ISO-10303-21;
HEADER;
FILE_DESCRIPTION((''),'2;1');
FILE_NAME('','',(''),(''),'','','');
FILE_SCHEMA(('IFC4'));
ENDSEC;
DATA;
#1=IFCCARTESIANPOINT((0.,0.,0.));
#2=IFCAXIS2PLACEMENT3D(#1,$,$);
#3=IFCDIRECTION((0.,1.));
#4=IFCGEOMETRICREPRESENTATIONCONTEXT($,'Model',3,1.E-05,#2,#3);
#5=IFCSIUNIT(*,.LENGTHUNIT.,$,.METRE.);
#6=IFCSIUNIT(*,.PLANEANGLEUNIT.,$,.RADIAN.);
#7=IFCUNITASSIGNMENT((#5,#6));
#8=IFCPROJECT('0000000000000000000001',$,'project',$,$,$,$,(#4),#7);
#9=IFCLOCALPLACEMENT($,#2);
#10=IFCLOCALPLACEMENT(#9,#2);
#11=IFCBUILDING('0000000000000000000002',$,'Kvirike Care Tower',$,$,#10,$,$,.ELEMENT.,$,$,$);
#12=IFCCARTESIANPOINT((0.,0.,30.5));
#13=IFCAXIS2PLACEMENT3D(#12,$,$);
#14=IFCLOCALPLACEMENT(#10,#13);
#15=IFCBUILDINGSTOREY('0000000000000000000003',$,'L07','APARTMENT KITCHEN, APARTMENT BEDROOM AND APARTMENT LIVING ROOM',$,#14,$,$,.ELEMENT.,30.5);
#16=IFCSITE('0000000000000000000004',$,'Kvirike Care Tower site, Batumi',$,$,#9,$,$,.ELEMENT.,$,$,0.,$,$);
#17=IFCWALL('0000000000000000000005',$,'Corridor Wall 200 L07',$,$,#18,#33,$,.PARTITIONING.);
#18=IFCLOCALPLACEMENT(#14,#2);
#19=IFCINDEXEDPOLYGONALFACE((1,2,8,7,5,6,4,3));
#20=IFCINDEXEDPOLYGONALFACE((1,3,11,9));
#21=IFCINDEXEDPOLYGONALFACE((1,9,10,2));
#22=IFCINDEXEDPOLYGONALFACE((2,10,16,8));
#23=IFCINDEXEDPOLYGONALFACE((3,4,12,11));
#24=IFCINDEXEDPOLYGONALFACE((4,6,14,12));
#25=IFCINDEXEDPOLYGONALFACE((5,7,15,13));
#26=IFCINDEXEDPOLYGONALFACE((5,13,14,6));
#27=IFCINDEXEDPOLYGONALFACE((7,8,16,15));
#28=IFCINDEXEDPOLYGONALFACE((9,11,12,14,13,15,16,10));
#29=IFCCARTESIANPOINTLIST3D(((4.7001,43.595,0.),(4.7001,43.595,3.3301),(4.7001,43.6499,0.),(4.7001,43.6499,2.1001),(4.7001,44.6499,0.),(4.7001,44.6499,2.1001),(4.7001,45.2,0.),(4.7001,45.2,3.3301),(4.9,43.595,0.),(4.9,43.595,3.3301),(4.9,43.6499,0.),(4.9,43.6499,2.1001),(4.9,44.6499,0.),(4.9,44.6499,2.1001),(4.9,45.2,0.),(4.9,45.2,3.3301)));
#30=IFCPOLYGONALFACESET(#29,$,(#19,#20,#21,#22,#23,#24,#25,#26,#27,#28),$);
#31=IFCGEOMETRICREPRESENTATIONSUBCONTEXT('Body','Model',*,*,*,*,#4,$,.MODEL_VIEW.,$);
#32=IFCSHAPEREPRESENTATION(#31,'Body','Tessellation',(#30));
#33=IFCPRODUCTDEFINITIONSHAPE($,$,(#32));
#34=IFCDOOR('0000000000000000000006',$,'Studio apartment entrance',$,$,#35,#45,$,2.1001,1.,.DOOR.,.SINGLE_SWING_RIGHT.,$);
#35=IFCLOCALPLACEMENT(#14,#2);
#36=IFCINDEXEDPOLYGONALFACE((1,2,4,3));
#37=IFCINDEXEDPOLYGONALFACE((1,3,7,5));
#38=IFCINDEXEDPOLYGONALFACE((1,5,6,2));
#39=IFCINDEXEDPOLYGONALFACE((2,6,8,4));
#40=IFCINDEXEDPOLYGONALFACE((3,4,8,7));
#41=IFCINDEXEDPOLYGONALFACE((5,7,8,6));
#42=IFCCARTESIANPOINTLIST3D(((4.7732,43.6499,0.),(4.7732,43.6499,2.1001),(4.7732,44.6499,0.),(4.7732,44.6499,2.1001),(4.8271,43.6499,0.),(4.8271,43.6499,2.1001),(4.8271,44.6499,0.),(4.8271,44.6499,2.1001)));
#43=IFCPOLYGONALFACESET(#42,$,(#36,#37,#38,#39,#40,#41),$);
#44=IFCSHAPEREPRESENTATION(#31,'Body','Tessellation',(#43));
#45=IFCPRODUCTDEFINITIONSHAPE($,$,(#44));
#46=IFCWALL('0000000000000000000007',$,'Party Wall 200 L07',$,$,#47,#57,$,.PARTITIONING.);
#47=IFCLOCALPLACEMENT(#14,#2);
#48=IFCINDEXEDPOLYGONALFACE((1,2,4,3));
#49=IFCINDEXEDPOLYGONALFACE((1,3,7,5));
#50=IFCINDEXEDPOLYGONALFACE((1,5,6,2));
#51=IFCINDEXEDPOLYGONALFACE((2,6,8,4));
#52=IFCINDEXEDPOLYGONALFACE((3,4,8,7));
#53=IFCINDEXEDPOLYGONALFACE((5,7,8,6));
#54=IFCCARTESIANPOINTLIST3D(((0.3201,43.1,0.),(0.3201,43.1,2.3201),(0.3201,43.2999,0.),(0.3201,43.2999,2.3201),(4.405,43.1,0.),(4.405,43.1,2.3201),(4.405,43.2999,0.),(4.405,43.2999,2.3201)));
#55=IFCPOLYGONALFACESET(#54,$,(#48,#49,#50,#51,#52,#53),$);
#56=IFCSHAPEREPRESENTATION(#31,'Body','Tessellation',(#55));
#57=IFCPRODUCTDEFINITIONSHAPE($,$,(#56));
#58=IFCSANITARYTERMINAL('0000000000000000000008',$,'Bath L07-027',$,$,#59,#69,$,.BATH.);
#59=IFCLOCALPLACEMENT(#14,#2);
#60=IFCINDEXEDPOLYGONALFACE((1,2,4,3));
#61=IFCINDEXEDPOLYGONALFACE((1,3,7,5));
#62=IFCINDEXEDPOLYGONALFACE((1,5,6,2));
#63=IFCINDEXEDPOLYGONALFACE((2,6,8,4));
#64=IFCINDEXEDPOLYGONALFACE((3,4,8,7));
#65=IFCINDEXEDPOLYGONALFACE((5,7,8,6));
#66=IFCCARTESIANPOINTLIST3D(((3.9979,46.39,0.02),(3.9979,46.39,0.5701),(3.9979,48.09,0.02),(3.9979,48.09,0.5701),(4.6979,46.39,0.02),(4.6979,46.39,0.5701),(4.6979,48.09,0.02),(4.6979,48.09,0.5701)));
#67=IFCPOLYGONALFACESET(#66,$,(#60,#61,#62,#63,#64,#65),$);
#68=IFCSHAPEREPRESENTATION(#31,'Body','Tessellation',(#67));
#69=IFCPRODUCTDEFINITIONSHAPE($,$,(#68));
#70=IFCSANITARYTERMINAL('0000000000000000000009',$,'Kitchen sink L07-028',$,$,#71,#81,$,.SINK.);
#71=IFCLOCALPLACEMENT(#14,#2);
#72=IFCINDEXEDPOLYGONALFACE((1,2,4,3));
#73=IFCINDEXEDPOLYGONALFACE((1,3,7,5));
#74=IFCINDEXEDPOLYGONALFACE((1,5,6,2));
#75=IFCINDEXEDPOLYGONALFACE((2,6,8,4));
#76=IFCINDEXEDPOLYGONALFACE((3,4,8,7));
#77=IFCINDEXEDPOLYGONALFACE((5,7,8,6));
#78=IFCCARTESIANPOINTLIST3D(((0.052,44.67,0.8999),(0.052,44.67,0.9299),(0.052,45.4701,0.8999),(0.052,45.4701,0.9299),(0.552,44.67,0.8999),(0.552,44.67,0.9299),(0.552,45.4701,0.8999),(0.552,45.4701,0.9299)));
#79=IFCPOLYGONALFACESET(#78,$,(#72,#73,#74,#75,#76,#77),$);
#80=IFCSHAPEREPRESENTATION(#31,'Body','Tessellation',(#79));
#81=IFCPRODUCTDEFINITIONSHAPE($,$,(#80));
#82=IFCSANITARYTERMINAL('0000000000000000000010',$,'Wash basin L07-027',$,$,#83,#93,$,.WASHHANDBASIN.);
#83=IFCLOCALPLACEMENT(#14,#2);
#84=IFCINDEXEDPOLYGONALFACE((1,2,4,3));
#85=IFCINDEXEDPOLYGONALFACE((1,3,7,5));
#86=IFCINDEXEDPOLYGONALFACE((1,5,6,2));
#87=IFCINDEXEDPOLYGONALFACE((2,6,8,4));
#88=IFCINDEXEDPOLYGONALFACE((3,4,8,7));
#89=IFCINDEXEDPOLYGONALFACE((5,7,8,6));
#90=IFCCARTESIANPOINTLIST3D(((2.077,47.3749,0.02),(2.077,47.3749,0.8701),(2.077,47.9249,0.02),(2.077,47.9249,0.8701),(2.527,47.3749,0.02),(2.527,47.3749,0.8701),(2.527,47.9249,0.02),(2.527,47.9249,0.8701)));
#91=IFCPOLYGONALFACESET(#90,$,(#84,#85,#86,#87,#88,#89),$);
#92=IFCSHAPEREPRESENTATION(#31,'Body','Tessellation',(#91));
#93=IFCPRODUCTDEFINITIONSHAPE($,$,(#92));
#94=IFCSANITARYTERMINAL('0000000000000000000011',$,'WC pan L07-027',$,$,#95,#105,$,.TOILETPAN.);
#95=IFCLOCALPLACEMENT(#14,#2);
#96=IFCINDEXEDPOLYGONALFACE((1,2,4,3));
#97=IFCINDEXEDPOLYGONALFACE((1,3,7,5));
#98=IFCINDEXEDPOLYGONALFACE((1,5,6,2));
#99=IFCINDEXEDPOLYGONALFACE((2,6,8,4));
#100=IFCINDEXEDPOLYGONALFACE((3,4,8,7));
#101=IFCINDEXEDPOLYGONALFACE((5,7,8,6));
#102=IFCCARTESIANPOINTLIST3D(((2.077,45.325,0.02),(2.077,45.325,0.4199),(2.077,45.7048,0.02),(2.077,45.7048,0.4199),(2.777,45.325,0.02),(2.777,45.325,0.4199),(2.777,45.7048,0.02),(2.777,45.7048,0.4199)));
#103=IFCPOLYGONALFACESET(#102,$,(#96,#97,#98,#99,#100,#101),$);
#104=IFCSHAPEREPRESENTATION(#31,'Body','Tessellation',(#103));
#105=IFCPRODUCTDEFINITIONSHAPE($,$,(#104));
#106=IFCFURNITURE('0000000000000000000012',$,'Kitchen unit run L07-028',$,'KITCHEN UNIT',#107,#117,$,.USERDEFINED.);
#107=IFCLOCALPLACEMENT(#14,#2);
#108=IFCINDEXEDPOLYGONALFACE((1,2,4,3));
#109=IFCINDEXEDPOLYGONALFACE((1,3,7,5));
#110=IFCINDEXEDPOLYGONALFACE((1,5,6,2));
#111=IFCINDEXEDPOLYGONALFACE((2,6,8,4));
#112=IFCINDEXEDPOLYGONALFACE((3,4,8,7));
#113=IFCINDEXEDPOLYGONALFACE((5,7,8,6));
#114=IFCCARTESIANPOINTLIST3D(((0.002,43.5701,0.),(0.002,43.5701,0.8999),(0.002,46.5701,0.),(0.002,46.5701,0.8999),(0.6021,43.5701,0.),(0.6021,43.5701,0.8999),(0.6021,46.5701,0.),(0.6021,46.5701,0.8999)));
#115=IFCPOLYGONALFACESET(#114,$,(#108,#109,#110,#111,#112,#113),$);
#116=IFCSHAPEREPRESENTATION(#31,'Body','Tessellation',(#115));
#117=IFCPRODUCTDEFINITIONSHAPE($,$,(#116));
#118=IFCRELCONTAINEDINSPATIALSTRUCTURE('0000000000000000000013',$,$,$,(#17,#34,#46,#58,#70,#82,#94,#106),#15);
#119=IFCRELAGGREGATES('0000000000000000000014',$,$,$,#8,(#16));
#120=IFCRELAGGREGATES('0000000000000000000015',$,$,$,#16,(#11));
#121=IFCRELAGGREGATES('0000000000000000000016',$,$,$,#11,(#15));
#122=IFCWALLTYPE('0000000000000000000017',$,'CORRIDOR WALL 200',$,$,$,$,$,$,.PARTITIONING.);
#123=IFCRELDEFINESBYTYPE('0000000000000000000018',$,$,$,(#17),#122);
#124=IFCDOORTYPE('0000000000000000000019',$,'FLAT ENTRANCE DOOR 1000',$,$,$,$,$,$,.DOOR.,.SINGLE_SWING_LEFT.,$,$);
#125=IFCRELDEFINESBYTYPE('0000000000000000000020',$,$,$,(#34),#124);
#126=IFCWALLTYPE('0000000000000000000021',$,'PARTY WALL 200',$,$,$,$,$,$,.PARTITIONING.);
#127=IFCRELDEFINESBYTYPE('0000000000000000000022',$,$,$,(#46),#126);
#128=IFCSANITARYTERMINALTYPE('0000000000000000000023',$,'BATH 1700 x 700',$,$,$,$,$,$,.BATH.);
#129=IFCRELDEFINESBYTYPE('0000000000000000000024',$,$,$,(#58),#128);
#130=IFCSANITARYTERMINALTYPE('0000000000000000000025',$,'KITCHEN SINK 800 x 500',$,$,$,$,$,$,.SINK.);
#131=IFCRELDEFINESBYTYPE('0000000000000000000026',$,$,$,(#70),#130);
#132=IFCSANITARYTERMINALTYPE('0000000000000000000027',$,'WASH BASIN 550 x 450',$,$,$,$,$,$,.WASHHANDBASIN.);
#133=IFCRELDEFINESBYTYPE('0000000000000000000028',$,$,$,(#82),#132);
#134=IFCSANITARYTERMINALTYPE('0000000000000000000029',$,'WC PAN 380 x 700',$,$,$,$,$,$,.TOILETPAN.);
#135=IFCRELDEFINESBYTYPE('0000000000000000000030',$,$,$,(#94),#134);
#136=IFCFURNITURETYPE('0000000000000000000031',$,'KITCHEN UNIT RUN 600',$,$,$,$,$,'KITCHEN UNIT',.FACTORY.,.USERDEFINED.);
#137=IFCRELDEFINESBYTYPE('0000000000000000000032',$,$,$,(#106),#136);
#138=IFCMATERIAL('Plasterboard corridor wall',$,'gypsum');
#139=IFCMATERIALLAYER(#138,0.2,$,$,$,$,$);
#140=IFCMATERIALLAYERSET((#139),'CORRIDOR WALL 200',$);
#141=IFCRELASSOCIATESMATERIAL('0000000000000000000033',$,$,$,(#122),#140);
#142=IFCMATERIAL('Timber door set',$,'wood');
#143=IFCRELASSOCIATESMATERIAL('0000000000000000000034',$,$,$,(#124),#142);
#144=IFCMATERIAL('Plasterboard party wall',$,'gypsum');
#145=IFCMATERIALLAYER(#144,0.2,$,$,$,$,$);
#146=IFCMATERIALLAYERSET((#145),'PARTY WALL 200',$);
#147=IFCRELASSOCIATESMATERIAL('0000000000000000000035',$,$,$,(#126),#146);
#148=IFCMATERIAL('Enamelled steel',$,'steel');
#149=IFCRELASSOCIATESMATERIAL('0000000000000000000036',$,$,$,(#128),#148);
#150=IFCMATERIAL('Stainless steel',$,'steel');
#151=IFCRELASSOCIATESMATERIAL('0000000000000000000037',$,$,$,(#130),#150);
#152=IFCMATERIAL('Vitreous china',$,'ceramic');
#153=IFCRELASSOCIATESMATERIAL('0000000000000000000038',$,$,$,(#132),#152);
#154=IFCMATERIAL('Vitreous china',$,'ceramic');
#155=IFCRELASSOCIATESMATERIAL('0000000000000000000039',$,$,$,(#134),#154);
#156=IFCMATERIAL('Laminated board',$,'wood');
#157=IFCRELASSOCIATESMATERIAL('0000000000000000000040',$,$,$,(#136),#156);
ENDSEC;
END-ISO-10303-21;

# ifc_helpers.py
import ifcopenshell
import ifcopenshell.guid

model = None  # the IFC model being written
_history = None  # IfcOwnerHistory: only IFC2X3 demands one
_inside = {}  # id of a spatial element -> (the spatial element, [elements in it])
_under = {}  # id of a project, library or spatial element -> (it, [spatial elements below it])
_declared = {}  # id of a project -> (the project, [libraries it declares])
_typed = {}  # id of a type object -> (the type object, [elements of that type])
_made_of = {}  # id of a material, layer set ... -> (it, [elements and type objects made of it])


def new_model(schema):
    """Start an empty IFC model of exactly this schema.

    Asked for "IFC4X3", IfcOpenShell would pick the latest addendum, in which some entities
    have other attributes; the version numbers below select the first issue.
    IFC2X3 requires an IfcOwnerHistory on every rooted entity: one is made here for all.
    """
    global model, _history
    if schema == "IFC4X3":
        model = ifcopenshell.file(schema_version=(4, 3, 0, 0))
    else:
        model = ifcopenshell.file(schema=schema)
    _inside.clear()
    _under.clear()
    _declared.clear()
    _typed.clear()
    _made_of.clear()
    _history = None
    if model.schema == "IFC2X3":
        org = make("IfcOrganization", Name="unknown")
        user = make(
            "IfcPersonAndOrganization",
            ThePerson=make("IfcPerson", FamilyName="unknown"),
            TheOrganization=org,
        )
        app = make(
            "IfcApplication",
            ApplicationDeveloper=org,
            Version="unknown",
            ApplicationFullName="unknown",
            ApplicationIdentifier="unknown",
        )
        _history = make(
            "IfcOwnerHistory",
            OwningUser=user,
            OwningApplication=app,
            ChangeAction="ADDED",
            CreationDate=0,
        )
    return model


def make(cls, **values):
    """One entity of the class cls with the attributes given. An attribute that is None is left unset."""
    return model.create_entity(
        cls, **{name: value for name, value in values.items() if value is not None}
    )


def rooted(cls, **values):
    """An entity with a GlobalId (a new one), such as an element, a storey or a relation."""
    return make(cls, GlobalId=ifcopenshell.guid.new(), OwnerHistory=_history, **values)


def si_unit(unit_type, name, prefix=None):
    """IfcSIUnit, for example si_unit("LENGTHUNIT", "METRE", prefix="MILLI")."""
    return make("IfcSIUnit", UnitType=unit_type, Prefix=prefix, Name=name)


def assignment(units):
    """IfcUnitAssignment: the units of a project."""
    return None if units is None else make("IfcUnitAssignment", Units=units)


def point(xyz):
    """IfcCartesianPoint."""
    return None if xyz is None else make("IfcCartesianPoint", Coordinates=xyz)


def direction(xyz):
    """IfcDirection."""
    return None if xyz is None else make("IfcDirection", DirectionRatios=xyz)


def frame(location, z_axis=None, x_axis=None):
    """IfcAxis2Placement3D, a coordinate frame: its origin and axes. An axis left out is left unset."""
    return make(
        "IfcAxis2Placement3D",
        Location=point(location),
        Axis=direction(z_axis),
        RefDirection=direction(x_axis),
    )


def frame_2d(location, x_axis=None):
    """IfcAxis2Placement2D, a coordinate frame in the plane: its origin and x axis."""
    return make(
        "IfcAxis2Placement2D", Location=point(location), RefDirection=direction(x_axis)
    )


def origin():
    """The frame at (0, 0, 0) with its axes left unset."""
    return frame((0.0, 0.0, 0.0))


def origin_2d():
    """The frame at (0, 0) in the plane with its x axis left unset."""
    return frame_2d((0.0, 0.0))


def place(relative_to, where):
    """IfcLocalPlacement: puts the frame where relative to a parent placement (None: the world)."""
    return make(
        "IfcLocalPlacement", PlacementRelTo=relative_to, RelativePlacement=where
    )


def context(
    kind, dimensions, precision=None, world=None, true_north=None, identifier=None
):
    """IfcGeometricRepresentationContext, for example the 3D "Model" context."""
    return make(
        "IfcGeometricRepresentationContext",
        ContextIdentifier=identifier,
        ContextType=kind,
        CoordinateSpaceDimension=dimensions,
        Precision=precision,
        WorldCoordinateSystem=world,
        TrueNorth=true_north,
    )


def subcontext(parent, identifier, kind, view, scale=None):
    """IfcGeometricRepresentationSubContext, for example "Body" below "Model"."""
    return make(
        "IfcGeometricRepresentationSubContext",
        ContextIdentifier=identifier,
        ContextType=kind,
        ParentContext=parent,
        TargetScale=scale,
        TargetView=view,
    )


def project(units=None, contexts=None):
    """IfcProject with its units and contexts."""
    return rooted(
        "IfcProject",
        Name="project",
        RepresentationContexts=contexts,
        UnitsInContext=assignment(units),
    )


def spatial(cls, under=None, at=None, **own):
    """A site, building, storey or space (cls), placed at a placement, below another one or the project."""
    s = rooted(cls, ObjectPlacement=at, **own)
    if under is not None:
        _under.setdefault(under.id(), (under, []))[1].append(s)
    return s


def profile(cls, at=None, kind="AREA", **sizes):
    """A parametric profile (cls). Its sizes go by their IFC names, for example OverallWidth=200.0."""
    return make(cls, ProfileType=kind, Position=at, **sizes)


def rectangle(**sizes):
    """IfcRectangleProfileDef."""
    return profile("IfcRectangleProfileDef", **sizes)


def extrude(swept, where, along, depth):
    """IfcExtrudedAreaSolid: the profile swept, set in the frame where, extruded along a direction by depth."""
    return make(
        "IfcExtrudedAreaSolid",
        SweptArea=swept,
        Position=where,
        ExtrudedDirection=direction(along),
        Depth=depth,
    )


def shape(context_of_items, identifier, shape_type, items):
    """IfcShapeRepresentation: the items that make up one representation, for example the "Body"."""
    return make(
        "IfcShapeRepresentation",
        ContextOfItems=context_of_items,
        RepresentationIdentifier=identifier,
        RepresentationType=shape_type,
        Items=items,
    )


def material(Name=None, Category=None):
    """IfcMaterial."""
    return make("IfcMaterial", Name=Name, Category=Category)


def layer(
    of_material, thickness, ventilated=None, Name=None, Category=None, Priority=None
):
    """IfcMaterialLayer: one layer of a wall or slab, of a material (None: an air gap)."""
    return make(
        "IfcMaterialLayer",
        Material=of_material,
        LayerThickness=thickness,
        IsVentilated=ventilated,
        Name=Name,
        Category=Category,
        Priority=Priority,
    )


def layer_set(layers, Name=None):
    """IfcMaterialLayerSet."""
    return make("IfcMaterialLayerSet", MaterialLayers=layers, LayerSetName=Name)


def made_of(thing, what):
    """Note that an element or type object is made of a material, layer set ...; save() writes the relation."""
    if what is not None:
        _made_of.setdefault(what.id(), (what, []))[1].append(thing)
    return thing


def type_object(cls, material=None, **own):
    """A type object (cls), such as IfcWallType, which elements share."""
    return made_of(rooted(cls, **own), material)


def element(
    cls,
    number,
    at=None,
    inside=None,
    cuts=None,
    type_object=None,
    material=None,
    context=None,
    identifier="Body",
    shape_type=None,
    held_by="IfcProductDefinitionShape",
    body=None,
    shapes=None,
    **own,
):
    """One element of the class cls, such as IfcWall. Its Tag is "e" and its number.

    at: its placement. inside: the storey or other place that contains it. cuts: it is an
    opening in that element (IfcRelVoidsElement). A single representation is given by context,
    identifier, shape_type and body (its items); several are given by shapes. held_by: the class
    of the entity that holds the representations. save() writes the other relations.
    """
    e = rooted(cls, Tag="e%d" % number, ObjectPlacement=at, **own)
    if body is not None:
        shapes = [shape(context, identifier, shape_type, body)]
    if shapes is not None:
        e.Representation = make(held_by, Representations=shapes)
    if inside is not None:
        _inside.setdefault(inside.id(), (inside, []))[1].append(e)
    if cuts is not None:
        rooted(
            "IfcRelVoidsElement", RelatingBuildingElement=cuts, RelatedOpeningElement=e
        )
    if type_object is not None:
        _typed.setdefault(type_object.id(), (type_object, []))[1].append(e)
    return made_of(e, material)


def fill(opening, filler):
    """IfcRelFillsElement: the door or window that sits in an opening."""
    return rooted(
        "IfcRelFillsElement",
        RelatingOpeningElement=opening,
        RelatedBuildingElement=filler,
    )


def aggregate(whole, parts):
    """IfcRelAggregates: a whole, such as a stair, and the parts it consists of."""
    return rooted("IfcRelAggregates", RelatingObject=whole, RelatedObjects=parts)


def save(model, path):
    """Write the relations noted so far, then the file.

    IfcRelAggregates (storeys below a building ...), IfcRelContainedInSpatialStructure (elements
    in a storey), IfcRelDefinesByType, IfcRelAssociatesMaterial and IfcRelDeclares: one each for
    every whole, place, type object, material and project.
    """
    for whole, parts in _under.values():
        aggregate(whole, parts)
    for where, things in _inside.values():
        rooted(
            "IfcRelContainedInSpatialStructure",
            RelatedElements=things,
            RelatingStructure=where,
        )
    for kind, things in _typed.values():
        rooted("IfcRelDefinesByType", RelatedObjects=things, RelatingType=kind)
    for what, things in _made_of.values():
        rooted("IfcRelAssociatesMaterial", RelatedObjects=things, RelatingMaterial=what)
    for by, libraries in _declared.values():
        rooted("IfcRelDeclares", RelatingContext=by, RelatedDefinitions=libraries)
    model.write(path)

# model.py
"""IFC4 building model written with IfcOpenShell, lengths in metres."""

from ifc_helpers import new_model, si_unit, direction, frame, frame_2d, origin, origin_2d, place, context, subcontext, project, spatial, rectangle, extrude, material, layer, layer_set, type_object, element, fill, save


model = new_model("IFC4")

# Units and contexts
model_context = context("Model", 3, precision=1e-05, world=origin(), true_north=direction((0.0, 1.0)))
body_context = subcontext(model_context, "Body", "Model", "MODEL_VIEW")
ifc_project = project(units=[si_unit("LENGTHUNIT", "METRE"), si_unit("PLANEANGLEUNIT", "RADIAN")], contexts=[model_context])

# Site, building, storey
site_placement = place(None, origin())
site = spatial("IfcSite", under=ifc_project, at=site_placement, Name="Kvirike Care Tower site, Batumi", CompositionType="ELEMENT", RefElevation=0.0)
building_placement = place(site_placement, origin())
building = spatial("IfcBuilding", under=site, at=building_placement, Name="Kvirike Care Tower", CompositionType="ELEMENT")
storey_placement = place(building_placement, frame((0.0, 0.0, 30.5)))
storey = spatial("IfcBuildingStorey", under=building, at=storey_placement, Name="L07", Description="APARTMENT KITCHEN, APARTMENT BEDROOM AND APARTMENT LIVING ROOM", CompositionType="ELEMENT", Elevation=30.5)

# Wall, opening, door
ifc_material_1 = material(Name="Plasterboard corridor wall", Category="gypsum")
ifc_layer_1 = layer(ifc_material_1, 0.2)
ifc_layer_set_1 = layer_set([ifc_layer_1], Name="CORRIDOR WALL 200")
wall_type_1 = type_object("IfcWallType", Name="CORRIDOR WALL 200", PredefinedType="PARTITIONING", material=ifc_layer_set_1)
wall_1_placement = place(storey_placement, frame((4.8, 45.2, 0.0), z_axis=(0.0, 0.0, 1.0), x_axis=(0.0, -1.0, 0.0)))
wall_1 = element("IfcWall", 1, at=wall_1_placement, inside=storey, type_object=wall_type_1, Name="Corridor Wall 200 L07", PredefinedType="PARTITIONING", context=body_context, shape_type="SweptSolid", body=[
    extrude(rectangle(XDim=1.605, YDim=0.2, at=frame_2d((0.8025, 0.0))), origin(), (0.0, 0.0, 1.0), 3.3301),
])
opening_placement = place(wall_1_placement, frame((0.55, 0.0, 0.0)))
opening = element("IfcOpeningElement", 2, at=opening_placement, cuts=wall_1, PredefinedType="OPENING", context=body_context, shape_type="SweptSolid", body=[
    extrude(rectangle(XDim=1.0, YDim=2.1001, at=frame_2d((0.5, 1.05))), frame((0.0, 0.1106, 0.0), z_axis=(0.0, -1.0, 0.0), x_axis=(1.0, 0.0, 0.0)), (0.0, 0.0, 1.0), 0.2209),
])
ifc_material_2 = material(Name="Timber door set", Category="wood")
door_type = type_object("IfcDoorType", Name="FLAT ENTRANCE DOOR 1000", OperationType="SINGLE_SWING_LEFT", PredefinedType="DOOR", material=ifc_material_2)
door_placement = place(opening_placement, frame((1.0, 0.0, 0.0), z_axis=(0.0, 0.0, 1.0), x_axis=(-1.0, 0.0, 0.0)))
door = element("IfcDoor", 3, at=door_placement, inside=storey, type_object=door_type, Name="Studio apartment entrance", OperationType="SINGLE_SWING_RIGHT", OverallHeight=2.1001, OverallWidth=1.0, PredefinedType="DOOR", context=body_context, shape_type="SweptSolid", body=[
    extrude(rectangle(XDim=1.0, YDim=2.1001, at=frame_2d((0.5, 1.05))), frame((0.0, 0.0269, 0.0), z_axis=(0.0, -1.0, 0.0), x_axis=(1.0, 0.0, 0.0)), (0.0, 0.0, 1.0), 0.054),
])
fill(opening, door)

# Wall
ifc_material_3 = material(Name="Plasterboard party wall", Category="gypsum")
ifc_layer_2 = layer(ifc_material_3, 0.2)
ifc_layer_set_2 = layer_set([ifc_layer_2], Name="PARTY WALL 200")
wall_type_2 = type_object("IfcWallType", Name="PARTY WALL 200", PredefinedType="PARTITIONING", material=ifc_layer_set_2)
wall_2_placement = place(storey_placement, frame((4.405, 43.2, 0.0), z_axis=(0.0, 0.0, 1.0), x_axis=(-1.0, 0.0, 0.0)))
element("IfcWall", 4, at=wall_2_placement, inside=storey, type_object=wall_type_2, Name="Party Wall 200 L07", PredefinedType="PARTITIONING", context=body_context, shape_type="SweptSolid", body=[
    extrude(rectangle(XDim=4.085, YDim=0.2, at=frame_2d((2.0425, 0.0))), origin(), (0.0, 0.0, 1.0), 2.3201),
])

# Sanitary terminals
ifc_material_4 = material(Name="Enamelled steel", Category="steel")
sanitary_terminal_type_1 = type_object("IfcSanitaryTerminalType", Name="BATH 1700 x 700", PredefinedType="BATH", material=ifc_material_4)
sanitary_terminal_1_placement = place(storey_placement, frame((4.3479, 47.24, 0.02), z_axis=(0.0, 0.0, 1.0), x_axis=(0.0, -1.0, 0.0)))
element("IfcSanitaryTerminal", 5, at=sanitary_terminal_1_placement, inside=storey, type_object=sanitary_terminal_type_1, Name="Bath L07-027", PredefinedType="BATH", context=body_context, shape_type="SweptSolid", body=[
    extrude(rectangle(XDim=1.7, YDim=0.7, at=origin_2d()), origin(), (0.0, 0.0, 1.0), 0.55),
])
ifc_material_5 = material(Name="Stainless steel", Category="steel")
sanitary_terminal_type_2 = type_object("IfcSanitaryTerminalType", Name="KITCHEN SINK 800 x 500", PredefinedType="SINK", material=ifc_material_5)
sanitary_terminal_2_placement = place(storey_placement, frame((0.302, 45.0701, 0.8999), z_axis=(0.0, 0.0, 1.0), x_axis=(0.0, 1.0, 0.0)))
element("IfcSanitaryTerminal", 6, at=sanitary_terminal_2_placement, inside=storey, type_object=sanitary_terminal_type_2, Name="Kitchen sink L07-028", PredefinedType="SINK", context=body_context, shape_type="SweptSolid", body=[
    extrude(rectangle(XDim=0.8, YDim=0.5, at=origin_2d()), origin(), (0.0, 0.0, 1.0), 0.03),
])
ifc_material_6 = material(Name="Vitreous china", Category="ceramic")
sanitary_terminal_type_3 = type_object("IfcSanitaryTerminalType", Name="WASH BASIN 550 x 450", PredefinedType="WASHHANDBASIN", material=ifc_material_6)
sanitary_terminal_3_placement = place(storey_placement, frame((2.302, 47.6499, 0.02), z_axis=(0.0, 0.0, 1.0), x_axis=(0.0, 1.0, 0.0)))
element("IfcSanitaryTerminal", 7, at=sanitary_terminal_3_placement, inside=storey, type_object=sanitary_terminal_type_3, Name="Wash basin L07-027", PredefinedType="WASHHANDBASIN", context=body_context, shape_type="SweptSolid", body=[
    extrude(rectangle(XDim=0.55, YDim=0.45, at=origin_2d()), origin(), (0.0, 0.0, 1.0), 0.8501),
])
ifc_material_7 = material(Name="Vitreous china", Category="ceramic")
sanitary_terminal_type_4 = type_object("IfcSanitaryTerminalType", Name="WC PAN 380 x 700", PredefinedType="TOILETPAN", material=ifc_material_7)
sanitary_terminal_4_placement = place(storey_placement, frame((2.427, 45.5149, 0.02), z_axis=(0.0, 0.0, 1.0), x_axis=(0.0, 1.0, 0.0)))
element("IfcSanitaryTerminal", 8, at=sanitary_terminal_4_placement, inside=storey, type_object=sanitary_terminal_type_4, Name="WC pan L07-027", PredefinedType="TOILETPAN", context=body_context, shape_type="SweptSolid", body=[
    extrude(rectangle(XDim=0.3799, YDim=0.7, at=origin_2d()), origin(), (0.0, 0.0, 1.0), 0.3999),
])

# Furniture
ifc_material_8 = material(Name="Laminated board", Category="wood")
furniture_type = type_object("IfcFurnitureType", Name="KITCHEN UNIT RUN 600", ElementType="KITCHEN UNIT", AssemblyPlace="FACTORY", PredefinedType="USERDEFINED", material=ifc_material_8)
furniture_placement = place(storey_placement, frame((0.302, 45.0701, 0.0), z_axis=(0.0, 0.0, 1.0), x_axis=(0.0, 1.0, 0.0)))
element("IfcFurniture", 9, at=furniture_placement, inside=storey, type_object=furniture_type, Name="Kitchen unit run L07-028", ObjectType="KITCHEN UNIT", PredefinedType="USERDEFINED", context=body_context, shape_type="SweptSolid", body=[
    extrude(rectangle(XDim=3.0, YDim=0.6001, at=origin_2d()), origin(), (0.0, 0.0, 1.0), 0.8999),
])

save(model, "model.ifc")
